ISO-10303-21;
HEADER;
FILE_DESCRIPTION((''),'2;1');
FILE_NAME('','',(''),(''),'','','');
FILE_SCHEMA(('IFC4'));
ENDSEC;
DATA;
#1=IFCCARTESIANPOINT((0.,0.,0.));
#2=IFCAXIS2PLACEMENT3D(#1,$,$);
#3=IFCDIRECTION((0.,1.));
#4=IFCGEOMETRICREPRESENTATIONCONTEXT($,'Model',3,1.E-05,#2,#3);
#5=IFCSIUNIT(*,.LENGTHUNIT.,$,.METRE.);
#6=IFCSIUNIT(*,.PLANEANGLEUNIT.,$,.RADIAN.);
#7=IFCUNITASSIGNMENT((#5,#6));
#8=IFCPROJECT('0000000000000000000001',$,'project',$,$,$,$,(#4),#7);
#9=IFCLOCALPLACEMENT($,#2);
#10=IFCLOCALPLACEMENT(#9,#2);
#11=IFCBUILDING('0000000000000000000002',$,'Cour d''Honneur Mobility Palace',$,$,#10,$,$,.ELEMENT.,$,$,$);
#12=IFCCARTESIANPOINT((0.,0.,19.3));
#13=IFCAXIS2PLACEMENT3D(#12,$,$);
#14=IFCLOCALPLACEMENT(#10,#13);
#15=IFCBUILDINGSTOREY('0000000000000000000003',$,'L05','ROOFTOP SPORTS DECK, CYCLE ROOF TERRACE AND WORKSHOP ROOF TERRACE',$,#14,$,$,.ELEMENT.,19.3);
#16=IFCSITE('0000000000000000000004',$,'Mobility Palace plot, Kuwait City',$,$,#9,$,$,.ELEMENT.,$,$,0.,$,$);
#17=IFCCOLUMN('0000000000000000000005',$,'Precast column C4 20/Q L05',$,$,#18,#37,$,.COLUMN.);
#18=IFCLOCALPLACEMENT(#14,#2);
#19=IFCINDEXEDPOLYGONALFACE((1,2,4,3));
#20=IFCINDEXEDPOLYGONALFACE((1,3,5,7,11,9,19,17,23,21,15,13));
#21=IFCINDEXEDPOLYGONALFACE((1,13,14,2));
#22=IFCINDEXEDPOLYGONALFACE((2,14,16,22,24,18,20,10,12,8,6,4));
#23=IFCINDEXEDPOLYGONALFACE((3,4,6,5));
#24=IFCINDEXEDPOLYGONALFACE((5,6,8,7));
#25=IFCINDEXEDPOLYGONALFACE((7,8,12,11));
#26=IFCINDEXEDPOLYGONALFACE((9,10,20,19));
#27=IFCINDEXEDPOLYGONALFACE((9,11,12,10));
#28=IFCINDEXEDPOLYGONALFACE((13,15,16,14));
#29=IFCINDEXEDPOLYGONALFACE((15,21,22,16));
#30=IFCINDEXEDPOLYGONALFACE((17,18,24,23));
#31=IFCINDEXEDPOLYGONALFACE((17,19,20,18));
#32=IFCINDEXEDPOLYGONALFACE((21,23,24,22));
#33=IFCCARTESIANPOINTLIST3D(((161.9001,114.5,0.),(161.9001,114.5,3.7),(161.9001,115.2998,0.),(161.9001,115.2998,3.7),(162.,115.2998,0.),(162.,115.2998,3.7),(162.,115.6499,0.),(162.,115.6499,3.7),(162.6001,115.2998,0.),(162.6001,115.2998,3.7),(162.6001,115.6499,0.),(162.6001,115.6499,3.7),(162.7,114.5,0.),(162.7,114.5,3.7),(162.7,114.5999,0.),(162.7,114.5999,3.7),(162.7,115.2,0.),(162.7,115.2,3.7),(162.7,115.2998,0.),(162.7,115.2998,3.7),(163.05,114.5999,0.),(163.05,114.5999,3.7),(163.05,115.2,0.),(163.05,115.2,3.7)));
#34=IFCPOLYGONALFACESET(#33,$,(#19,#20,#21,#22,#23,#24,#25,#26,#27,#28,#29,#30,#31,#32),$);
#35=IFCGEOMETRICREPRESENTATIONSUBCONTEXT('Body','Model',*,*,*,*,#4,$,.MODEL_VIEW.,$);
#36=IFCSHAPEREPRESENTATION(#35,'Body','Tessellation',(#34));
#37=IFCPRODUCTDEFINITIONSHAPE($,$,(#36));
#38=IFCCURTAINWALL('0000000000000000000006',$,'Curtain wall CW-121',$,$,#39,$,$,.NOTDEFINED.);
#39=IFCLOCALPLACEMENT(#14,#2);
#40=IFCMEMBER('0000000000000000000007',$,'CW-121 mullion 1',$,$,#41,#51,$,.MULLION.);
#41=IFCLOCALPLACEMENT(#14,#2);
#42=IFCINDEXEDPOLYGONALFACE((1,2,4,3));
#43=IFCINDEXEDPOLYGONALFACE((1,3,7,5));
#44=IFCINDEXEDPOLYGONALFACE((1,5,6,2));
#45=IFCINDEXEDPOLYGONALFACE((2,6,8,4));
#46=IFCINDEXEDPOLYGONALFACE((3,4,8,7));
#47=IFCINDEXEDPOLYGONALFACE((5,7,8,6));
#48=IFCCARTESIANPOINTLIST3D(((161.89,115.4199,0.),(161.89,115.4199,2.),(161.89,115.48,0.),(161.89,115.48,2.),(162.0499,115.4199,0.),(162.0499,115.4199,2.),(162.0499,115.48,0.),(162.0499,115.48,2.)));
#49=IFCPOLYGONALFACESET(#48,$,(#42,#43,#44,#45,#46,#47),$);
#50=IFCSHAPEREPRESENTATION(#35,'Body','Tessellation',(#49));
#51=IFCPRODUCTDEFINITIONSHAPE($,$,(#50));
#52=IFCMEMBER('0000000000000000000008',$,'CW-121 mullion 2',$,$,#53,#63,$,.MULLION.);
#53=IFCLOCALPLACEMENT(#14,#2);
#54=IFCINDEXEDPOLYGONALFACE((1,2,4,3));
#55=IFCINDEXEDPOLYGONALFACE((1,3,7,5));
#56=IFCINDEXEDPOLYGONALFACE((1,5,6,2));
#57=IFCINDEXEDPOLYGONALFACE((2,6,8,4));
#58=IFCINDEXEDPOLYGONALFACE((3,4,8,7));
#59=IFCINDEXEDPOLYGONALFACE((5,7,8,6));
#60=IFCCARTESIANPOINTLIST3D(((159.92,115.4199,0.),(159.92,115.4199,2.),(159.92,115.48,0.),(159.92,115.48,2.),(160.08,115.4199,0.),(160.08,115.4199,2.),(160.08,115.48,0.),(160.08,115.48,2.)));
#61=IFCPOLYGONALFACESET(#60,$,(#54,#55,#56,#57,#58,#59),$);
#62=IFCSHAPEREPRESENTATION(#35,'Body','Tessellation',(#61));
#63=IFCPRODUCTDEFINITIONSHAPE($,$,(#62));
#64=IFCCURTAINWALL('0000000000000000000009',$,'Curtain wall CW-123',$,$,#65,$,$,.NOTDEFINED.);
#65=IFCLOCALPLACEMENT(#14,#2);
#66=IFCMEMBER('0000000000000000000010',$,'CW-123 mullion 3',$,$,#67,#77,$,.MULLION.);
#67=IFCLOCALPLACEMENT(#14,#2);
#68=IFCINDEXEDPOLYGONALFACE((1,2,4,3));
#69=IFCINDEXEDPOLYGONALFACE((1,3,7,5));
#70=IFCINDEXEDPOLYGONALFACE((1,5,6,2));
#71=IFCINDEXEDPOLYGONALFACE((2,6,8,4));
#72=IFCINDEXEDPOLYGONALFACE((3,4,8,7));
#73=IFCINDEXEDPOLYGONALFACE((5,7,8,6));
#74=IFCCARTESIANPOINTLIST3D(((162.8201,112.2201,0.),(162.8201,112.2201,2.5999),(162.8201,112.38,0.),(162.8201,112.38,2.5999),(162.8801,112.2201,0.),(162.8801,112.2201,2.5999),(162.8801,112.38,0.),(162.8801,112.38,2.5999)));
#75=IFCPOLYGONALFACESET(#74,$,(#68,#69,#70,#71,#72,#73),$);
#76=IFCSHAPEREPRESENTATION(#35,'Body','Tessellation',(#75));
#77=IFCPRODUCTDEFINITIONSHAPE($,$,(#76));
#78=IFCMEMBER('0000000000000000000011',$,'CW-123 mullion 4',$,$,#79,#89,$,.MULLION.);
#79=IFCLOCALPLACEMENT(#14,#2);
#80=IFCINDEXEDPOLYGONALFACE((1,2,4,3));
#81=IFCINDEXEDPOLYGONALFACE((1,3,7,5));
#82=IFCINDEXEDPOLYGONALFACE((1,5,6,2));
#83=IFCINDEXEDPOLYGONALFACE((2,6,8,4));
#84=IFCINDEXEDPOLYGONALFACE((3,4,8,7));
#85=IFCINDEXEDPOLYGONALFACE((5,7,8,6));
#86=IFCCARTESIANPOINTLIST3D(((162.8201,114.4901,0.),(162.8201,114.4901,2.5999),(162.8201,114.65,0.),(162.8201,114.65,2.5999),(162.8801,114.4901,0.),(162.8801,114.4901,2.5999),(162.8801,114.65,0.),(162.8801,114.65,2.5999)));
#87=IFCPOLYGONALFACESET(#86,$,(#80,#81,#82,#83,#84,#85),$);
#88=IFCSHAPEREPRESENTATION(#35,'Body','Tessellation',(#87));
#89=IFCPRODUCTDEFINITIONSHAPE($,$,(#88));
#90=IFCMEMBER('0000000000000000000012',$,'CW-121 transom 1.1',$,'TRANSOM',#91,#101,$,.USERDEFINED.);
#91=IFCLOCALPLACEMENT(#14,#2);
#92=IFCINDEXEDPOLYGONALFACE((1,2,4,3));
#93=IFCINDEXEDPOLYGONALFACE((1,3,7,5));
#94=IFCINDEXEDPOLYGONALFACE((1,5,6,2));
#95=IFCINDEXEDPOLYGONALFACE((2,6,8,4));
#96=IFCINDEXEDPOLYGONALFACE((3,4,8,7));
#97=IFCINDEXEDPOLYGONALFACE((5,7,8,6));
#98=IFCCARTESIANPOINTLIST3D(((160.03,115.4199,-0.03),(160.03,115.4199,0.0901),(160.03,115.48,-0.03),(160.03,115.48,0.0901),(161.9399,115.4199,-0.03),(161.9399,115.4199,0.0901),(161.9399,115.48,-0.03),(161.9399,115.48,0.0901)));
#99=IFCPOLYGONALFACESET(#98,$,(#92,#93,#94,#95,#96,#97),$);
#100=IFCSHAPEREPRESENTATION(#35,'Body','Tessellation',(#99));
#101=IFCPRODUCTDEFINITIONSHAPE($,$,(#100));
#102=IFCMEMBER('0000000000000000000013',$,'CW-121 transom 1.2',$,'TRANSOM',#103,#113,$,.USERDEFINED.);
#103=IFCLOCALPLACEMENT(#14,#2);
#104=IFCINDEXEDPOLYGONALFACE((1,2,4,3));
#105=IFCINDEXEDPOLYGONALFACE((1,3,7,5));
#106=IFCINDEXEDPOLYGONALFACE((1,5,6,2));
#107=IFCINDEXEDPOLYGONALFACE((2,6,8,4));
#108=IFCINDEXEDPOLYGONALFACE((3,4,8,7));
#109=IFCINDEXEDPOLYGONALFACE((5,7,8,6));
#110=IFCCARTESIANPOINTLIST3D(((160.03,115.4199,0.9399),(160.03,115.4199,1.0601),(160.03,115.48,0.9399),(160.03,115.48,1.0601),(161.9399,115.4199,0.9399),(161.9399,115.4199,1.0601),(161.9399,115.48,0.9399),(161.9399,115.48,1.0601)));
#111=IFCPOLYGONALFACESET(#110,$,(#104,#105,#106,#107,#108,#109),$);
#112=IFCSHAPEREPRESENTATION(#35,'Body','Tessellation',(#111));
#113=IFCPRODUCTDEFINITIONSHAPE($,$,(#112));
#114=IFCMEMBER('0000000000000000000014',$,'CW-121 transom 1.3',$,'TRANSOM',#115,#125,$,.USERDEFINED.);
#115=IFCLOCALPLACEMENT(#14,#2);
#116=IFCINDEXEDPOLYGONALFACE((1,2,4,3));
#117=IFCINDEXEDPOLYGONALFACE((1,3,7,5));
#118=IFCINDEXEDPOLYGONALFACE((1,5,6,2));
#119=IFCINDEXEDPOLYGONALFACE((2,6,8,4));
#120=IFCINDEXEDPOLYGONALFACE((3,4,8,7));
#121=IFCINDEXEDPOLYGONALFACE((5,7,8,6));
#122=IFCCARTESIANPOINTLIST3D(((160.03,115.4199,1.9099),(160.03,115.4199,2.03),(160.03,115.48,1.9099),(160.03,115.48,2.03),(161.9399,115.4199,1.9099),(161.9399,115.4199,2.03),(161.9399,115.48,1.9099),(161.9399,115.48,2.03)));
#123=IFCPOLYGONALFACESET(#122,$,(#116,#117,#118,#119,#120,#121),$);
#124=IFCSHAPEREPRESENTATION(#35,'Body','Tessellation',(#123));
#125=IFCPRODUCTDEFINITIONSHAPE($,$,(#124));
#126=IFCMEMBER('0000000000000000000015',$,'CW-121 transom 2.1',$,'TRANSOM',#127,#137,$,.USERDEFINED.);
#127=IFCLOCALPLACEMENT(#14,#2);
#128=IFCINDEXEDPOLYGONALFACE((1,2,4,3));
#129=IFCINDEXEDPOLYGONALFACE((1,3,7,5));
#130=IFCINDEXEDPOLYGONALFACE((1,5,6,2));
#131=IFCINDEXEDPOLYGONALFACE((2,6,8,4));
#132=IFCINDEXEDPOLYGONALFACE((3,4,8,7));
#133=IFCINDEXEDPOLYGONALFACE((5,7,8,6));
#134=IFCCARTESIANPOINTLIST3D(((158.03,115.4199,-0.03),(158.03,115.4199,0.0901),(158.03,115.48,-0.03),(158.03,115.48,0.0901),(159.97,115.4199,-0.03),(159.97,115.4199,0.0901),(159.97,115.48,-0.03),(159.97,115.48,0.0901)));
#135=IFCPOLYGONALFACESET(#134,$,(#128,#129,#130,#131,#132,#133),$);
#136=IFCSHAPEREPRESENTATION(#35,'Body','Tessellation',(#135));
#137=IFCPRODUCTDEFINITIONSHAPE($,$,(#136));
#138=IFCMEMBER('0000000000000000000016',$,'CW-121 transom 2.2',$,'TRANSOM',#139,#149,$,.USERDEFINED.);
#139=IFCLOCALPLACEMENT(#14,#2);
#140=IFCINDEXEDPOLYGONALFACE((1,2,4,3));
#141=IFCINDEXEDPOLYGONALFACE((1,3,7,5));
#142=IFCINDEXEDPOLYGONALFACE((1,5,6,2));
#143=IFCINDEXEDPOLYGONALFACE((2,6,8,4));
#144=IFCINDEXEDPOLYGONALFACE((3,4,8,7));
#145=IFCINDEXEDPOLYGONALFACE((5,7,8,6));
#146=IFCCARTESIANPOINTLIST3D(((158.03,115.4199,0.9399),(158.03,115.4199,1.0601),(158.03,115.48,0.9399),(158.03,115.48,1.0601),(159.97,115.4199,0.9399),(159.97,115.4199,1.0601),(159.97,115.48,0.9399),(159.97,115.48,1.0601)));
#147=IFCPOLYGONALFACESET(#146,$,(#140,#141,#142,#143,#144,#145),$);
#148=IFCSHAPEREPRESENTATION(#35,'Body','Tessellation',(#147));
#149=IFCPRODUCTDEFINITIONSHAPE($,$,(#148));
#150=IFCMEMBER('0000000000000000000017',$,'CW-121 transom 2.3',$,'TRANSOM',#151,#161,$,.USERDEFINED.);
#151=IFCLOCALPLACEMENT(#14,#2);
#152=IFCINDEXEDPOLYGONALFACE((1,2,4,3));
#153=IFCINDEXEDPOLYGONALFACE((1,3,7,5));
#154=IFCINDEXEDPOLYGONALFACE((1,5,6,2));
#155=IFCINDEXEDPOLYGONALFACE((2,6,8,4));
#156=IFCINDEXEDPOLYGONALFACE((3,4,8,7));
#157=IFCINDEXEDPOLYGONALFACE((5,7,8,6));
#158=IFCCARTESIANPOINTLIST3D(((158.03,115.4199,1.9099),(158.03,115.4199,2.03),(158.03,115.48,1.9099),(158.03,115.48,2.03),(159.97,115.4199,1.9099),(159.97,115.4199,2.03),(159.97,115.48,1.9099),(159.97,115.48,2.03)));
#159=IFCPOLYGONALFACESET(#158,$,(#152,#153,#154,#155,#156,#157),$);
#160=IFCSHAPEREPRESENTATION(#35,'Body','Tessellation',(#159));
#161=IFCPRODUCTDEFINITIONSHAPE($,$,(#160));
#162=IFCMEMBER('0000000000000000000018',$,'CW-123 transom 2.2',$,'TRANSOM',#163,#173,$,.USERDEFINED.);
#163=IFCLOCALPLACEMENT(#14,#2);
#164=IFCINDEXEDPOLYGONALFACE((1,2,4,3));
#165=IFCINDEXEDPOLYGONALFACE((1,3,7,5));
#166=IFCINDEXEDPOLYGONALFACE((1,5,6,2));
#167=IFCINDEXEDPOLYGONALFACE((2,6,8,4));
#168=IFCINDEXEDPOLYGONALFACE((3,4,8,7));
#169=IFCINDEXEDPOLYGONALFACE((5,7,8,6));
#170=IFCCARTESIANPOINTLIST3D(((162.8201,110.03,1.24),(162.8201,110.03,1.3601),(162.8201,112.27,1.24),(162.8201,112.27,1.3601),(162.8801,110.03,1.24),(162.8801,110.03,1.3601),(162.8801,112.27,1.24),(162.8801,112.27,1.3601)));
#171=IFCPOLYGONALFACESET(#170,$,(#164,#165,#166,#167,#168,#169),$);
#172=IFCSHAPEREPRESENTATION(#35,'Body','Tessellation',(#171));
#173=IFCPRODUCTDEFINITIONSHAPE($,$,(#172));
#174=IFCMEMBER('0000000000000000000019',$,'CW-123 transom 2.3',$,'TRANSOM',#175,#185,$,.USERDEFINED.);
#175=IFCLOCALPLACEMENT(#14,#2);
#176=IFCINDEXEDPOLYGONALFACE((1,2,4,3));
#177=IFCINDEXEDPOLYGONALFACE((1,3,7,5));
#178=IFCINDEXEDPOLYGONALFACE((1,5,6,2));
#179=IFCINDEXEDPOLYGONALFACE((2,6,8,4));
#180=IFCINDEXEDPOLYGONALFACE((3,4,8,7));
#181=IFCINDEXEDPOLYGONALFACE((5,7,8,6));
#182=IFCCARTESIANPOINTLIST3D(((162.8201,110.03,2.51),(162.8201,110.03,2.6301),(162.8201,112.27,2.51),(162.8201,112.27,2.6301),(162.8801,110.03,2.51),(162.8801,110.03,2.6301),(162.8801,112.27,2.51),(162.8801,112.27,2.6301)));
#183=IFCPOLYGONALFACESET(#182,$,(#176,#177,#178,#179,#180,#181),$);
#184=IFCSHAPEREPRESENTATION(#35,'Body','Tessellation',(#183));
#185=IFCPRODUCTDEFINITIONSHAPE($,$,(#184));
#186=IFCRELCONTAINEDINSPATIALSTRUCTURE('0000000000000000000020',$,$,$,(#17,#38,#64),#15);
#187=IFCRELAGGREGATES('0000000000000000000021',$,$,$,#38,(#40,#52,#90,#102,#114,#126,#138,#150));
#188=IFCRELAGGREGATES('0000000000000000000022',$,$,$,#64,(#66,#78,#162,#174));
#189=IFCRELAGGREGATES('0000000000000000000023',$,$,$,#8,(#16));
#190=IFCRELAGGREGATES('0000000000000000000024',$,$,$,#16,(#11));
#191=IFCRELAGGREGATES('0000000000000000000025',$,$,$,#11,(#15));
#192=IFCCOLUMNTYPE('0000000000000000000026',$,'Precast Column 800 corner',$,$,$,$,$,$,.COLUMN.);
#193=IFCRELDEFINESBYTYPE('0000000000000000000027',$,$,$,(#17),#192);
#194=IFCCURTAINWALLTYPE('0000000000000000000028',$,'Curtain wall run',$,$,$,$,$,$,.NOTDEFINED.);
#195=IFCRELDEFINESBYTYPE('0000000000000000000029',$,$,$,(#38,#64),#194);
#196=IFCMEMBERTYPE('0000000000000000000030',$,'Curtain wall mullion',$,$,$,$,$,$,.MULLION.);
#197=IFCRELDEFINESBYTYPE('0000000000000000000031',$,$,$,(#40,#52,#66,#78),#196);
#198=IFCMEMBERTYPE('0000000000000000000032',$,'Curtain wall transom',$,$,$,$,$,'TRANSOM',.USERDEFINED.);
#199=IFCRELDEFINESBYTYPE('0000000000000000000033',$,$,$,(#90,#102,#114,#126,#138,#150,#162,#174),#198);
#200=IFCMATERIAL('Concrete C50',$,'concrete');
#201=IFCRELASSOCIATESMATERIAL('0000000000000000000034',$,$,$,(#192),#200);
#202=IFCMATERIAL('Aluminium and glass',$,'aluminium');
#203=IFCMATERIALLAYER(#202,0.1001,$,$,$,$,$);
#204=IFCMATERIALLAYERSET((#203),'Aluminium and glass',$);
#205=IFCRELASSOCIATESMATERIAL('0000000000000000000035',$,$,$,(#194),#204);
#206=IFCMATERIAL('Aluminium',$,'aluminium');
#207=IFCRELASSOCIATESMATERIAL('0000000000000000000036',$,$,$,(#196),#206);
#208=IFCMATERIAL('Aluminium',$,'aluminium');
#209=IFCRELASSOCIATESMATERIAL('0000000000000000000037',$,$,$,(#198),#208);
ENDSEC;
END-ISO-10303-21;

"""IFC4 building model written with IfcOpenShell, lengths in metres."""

from ifc_helpers import new_model, si_unit, direction, frame, origin, origin_2d, place, context, subcontext, project, spatial, polyline, rectangle, outline, extrude, material, layer, layer_set, material_profile, profile_set, type_object, element, aggregate, save


model = new_model("IFC4")

# Units and contexts
model_context = context("Model", 3, precision=1e-05, world=origin(), true_north=direction((0.0, 1.0)))
body_context = subcontext(model_context, "Body", "Model", "MODEL_VIEW")
ifc_project = project(units=[si_unit("LENGTHUNIT", "METRE"), si_unit("PLANEANGLEUNIT", "RADIAN")], contexts=[model_context])

# Site, building, storey
site_placement = place(None, origin())
site = spatial("IfcSite", under=ifc_project, at=site_placement, Name="Mobility Palace plot, Kuwait City", CompositionType="ELEMENT", RefElevation=0.0)
building_placement = place(site_placement, origin())
building = spatial("IfcBuilding", under=site, at=building_placement, Name="Cour d'Honneur Mobility Palace", CompositionType="ELEMENT")
storey_placement = place(building_placement, frame((0.0, 0.0, 19.3)))
storey = spatial("IfcBuildingStorey", under=building, at=storey_placement, Name="L05", Description="ROOFTOP SPORTS DECK, CYCLE ROOF TERRACE AND WORKSHOP ROOF TERRACE", CompositionType="ELEMENT", Elevation=19.3)

# Column
ifc_material_1 = material(Name="Concrete C50", Category="concrete")
ifc_material_profile_1 = material_profile(ifc_material_1, outline(polyline([(-0.3999, -0.3999), (0.3999, -0.3999), (0.3999, -0.3), (0.75, -0.3), (0.75, 0.3), (0.3999, 0.3), (0.3999, 0.3999), (0.3, 0.3999), (0.3, 0.75), (-0.3, 0.75), (-0.3, 0.3999), (-0.3999, 0.3999), (-0.3999, -0.3999)])), Name="PC C800 corner")
ifc_profile_set_1 = profile_set([ifc_material_profile_1], Name="Concrete C50")
column_type = type_object("IfcColumnType", Name="Precast Column 800 corner", PredefinedType="COLUMN", material=ifc_profile_set_1)
column_placement = place(storey_placement, frame((162.3, 114.8999, 0.0), z_axis=(0.0, 0.0, 1.0), x_axis=(1.0, 0.0, 0.0)))
element("IfcColumn", 1, at=column_placement, inside=storey, type_object=column_type, Name="Precast column C4 20/Q L05", PredefinedType="COLUMN", context=body_context, shape_type="SweptSolid", body=[
    extrude(outline(polyline([(-0.3999, -0.3999), (0.3999, -0.3999), (0.3999, -0.3), (0.75, -0.3), (0.75, 0.3), (0.3999, 0.3), (0.3999, 0.3999), (0.3, 0.3999), (0.3, 0.75), (-0.3, 0.75), (-0.3, 0.3999), (-0.3999, 0.3999), (-0.3999, -0.3999)])), origin(), (0.0, 0.0, 1.0), 3.7),
])

# Curtain walls, members
ifc_material_2 = material(Name="Aluminium and glass", Category="aluminium")
ifc_layer_1 = layer(ifc_material_2, 0.1001)
ifc_layer_set_1 = layer_set([ifc_layer_1], Name="Aluminium and glass")
curtain_wall_type = type_object("IfcCurtainWallType", Name="Curtain wall run", PredefinedType="NOTDEFINED", material=ifc_layer_set_1)
curtain_wall_1_placement = place(storey_placement, origin())
curtain_wall_1 = element("IfcCurtainWall", 2, at=curtain_wall_1_placement, inside=storey, type_object=curtain_wall_type, Name="Curtain wall CW-121", PredefinedType="NOTDEFINED")
ifc_material_3 = material(Name="Aluminium", Category="aluminium")
ifc_material_profile_2 = material_profile(ifc_material_3, rectangle(XDim=0.0601, YDim=0.1599, at=origin_2d()), Name="Curtain wall mullion")
ifc_profile_set_2 = profile_set([ifc_material_profile_2], Name="Aluminium")
member_type_1 = type_object("IfcMemberType", Name="Curtain wall mullion", PredefinedType="MULLION", material=ifc_profile_set_2)
member_1_placement = place(storey_placement, frame((161.97, 115.45, 0.0), z_axis=(0.0, 0.0, 1.0), x_axis=(0.0, -1.0, 0.0)))
member_1 = element("IfcMember", 3, at=member_1_placement, type_object=member_type_1, Name="CW-121 mullion 1", PredefinedType="MULLION", context=body_context, shape_type="SweptSolid", body=[
    extrude(rectangle(XDim=0.0601, YDim=0.1599, at=origin_2d()), origin(), (0.0, 0.0, 1.0), 2.0),
])
member_2_placement = place(storey_placement, frame((160.0, 115.45, 0.0), z_axis=(0.0, 0.0, 1.0), x_axis=(0.0, -1.0, 0.0)))
member_2 = element("IfcMember", 4, at=member_2_placement, type_object=member_type_1, Name="CW-121 mullion 2", PredefinedType="MULLION", context=body_context, shape_type="SweptSolid", body=[
    extrude(rectangle(XDim=0.0601, YDim=0.1599, at=origin_2d()), origin(), (0.0, 0.0, 1.0), 2.0),
])
curtain_wall_2_placement = place(storey_placement, origin())
curtain_wall_2 = element("IfcCurtainWall", 5, at=curtain_wall_2_placement, inside=storey, type_object=curtain_wall_type, Name="Curtain wall CW-123", PredefinedType="NOTDEFINED")
member_3_placement = place(storey_placement, frame((162.8501, 112.3, 0.0), z_axis=(0.0, 0.0, 1.0), x_axis=(-1.0, 0.0, 0.0)))
member_3 = element("IfcMember", 6, at=member_3_placement, type_object=member_type_1, Name="CW-123 mullion 3", PredefinedType="MULLION", context=body_context, shape_type="SweptSolid", body=[
    extrude(rectangle(XDim=0.0601, YDim=0.1599, at=origin_2d()), origin(), (0.0, 0.0, 1.0), 2.5999),
])
member_4_placement = place(storey_placement, frame((162.8501, 114.5701, 0.0), z_axis=(0.0, 0.0, 1.0), x_axis=(-1.0, 0.0, 0.0)))
member_4 = element("IfcMember", 7, at=member_4_placement, type_object=member_type_1, Name="CW-123 mullion 4", PredefinedType="MULLION", context=body_context, shape_type="SweptSolid", body=[
    extrude(rectangle(XDim=0.0601, YDim=0.1599, at=origin_2d()), origin(), (0.0, 0.0, 1.0), 2.5999),
])

# Members
ifc_material_4 = material(Name="Aluminium", Category="aluminium")
ifc_material_profile_3 = material_profile(ifc_material_4, rectangle(XDim=0.0601, YDim=0.1201, at=origin_2d()), Name="Curtain wall transom")
ifc_profile_set_3 = profile_set([ifc_material_profile_3], Name="Aluminium")
member_type_2 = type_object("IfcMemberType", Name="Curtain wall transom", ElementType="TRANSOM", PredefinedType="USERDEFINED", material=ifc_profile_set_3)
member_5_placement = place(storey_placement, frame((161.9399, 115.45, 0.03), z_axis=(-1.0, 0.0, 0.0), x_axis=(0.0, -1.0, 0.0)))
member_5 = element("IfcMember", 8, at=member_5_placement, type_object=member_type_2, Name="CW-121 transom 1.1", ObjectType="TRANSOM", PredefinedType="USERDEFINED", context=body_context, shape_type="SweptSolid", body=[
    extrude(rectangle(XDim=0.0601, YDim=0.1201, at=origin_2d()), origin(), (0.0, 0.0, 1.0), 1.9099),
])
member_6_placement = place(storey_placement, frame((161.9399, 115.45, 1.0), z_axis=(-1.0, 0.0, 0.0), x_axis=(0.0, -1.0, 0.0)))
member_6 = element("IfcMember", 9, at=member_6_placement, type_object=member_type_2, Name="CW-121 transom 1.2", ObjectType="TRANSOM", PredefinedType="USERDEFINED", context=body_context, shape_type="SweptSolid", body=[
    extrude(rectangle(XDim=0.0601, YDim=0.1201, at=origin_2d()), origin(), (0.0, 0.0, 1.0), 1.9099),
])
member_7_placement = place(storey_placement, frame((161.9399, 115.45, 1.97), z_axis=(-1.0, 0.0, 0.0), x_axis=(0.0, -1.0, 0.0)))
member_7 = element("IfcMember", 10, at=member_7_placement, type_object=member_type_2, Name="CW-121 transom 1.3", ObjectType="TRANSOM", PredefinedType="USERDEFINED", context=body_context, shape_type="SweptSolid", body=[
    extrude(rectangle(XDim=0.0601, YDim=0.1201, at=origin_2d()), origin(), (0.0, 0.0, 1.0), 1.9099),
])
member_8_placement = place(storey_placement, frame((159.97, 115.45, 0.03), z_axis=(-1.0, 0.0, 0.0), x_axis=(0.0, -1.0, 0.0)))
member_8 = element("IfcMember", 11, at=member_8_placement, type_object=member_type_2, Name="CW-121 transom 2.1", ObjectType="TRANSOM", PredefinedType="USERDEFINED", context=body_context, shape_type="SweptSolid", body=[
    extrude(rectangle(XDim=0.0601, YDim=0.1201, at=origin_2d()), origin(), (0.0, 0.0, 1.0), 1.9399),
])
member_9_placement = place(storey_placement, frame((159.97, 115.45, 1.0), z_axis=(-1.0, 0.0, 0.0), x_axis=(0.0, -1.0, 0.0)))
member_9 = element("IfcMember", 12, at=member_9_placement, type_object=member_type_2, Name="CW-121 transom 2.2", ObjectType="TRANSOM", PredefinedType="USERDEFINED", context=body_context, shape_type="SweptSolid", body=[
    extrude(rectangle(XDim=0.0601, YDim=0.1201, at=origin_2d()), origin(), (0.0, 0.0, 1.0), 1.9399),
])
member_10_placement = place(storey_placement, frame((159.97, 115.45, 1.97), z_axis=(-1.0, 0.0, 0.0), x_axis=(0.0, -1.0, 0.0)))
member_10 = element("IfcMember", 13, at=member_10_placement, type_object=member_type_2, Name="CW-121 transom 2.3", ObjectType="TRANSOM", PredefinedType="USERDEFINED", context=body_context, shape_type="SweptSolid", body=[
    extrude(rectangle(XDim=0.0601, YDim=0.1201, at=origin_2d()), origin(), (0.0, 0.0, 1.0), 1.9399),
])
member_11_placement = place(storey_placement, frame((162.8501, 110.03, 1.3), z_axis=(0.0, 1.0, 0.0), x_axis=(-1.0, 0.0, 0.0)))
member_11 = element("IfcMember", 14, at=member_11_placement, type_object=member_type_2, Name="CW-123 transom 2.2", ObjectType="TRANSOM", PredefinedType="USERDEFINED", context=body_context, shape_type="SweptSolid", body=[
    extrude(rectangle(XDim=0.0601, YDim=0.1201, at=origin_2d()), origin(), (0.0, 0.0, 1.0), 2.24),
])
member_12_placement = place(storey_placement, frame((162.8501, 110.03, 2.5701), z_axis=(0.0, 1.0, 0.0), x_axis=(-1.0, 0.0, 0.0)))
member_12 = element("IfcMember", 15, at=member_12_placement, type_object=member_type_2, Name="CW-123 transom 2.3", ObjectType="TRANSOM", PredefinedType="USERDEFINED", context=body_context, shape_type="SweptSolid", body=[
    extrude(rectangle(XDim=0.0601, YDim=0.1201, at=origin_2d()), origin(), (0.0, 0.0, 1.0), 2.24),
])

aggregate(curtain_wall_1, [member_1, member_2, member_5, member_6, member_7, member_8, member_9, member_10])
aggregate(curtain_wall_2, [member_3, member_4, member_11, member_12])

save(model, "model.ifc")
